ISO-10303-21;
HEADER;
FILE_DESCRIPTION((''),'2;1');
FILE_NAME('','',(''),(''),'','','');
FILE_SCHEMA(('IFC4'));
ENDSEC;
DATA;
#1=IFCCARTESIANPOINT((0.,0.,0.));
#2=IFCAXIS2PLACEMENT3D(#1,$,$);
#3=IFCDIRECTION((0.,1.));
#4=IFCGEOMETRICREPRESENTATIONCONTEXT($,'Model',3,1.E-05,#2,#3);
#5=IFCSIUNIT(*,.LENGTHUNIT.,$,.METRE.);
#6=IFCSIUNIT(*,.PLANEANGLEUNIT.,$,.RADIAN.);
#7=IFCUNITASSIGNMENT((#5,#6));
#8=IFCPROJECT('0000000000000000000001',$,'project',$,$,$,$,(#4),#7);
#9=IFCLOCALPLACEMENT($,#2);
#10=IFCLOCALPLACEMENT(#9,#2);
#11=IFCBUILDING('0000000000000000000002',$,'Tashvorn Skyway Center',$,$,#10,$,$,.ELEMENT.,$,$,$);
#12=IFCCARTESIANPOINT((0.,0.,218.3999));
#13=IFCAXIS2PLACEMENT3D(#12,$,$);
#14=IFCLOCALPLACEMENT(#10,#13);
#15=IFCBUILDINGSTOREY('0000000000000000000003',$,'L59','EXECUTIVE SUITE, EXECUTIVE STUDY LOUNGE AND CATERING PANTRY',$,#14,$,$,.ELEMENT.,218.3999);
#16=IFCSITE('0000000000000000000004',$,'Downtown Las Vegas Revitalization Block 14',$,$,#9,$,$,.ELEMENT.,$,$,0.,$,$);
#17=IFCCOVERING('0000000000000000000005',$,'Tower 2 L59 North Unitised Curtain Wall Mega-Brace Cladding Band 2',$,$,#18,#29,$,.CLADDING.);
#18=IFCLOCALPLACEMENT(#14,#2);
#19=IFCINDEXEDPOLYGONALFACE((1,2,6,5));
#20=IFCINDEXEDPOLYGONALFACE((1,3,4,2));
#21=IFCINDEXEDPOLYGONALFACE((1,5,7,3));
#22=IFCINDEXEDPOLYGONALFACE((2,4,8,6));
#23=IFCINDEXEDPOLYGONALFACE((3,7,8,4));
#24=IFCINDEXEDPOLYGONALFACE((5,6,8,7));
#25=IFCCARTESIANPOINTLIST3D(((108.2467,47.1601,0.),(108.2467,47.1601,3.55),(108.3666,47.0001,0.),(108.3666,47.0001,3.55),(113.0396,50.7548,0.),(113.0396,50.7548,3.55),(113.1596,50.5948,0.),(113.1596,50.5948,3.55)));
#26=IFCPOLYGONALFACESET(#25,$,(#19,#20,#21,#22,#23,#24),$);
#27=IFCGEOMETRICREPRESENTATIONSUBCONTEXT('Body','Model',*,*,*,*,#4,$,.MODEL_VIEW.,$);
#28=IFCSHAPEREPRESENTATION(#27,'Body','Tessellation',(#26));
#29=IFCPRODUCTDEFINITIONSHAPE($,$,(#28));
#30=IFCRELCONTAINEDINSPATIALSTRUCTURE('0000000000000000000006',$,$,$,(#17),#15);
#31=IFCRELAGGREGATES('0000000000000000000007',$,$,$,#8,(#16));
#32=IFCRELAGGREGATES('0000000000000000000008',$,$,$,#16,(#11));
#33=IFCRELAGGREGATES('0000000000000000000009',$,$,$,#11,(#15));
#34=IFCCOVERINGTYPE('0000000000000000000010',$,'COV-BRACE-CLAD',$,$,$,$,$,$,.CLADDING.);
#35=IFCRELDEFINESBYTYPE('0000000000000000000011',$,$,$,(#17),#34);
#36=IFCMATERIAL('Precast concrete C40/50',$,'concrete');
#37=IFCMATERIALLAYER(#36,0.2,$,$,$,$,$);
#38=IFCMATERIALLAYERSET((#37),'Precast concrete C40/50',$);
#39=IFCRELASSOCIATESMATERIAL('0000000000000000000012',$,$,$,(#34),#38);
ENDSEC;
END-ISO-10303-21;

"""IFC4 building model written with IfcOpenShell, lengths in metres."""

from ifc_helpers import new_model, si_unit, direction, frame, origin, origin_2d, place, context, subcontext, project, spatial, rectangle, extrude, material, layer, layer_set, type_object, element, save


model = new_model("IFC4")

# Units and contexts
model_context = context("Model", 3, precision=1e-05, world=origin(), true_north=direction((0.0, 1.0)))
body_context = subcontext(model_context, "Body", "Model", "MODEL_VIEW")
ifc_project = project(units=[si_unit("LENGTHUNIT", "METRE"), si_unit("PLANEANGLEUNIT", "RADIAN")], contexts=[model_context])

# Site, building, storey
site_placement = place(None, origin())
site = spatial("IfcSite", under=ifc_project, at=site_placement, Name="Downtown Las Vegas Revitalization Block 14", CompositionType="ELEMENT", RefElevation=0.0)
building_placement = place(site_placement, origin())
building = spatial("IfcBuilding", under=site, at=building_placement, Name="Tashvorn Skyway Center", CompositionType="ELEMENT")
storey_placement = place(building_placement, frame((0.0, 0.0, 218.3999)))
storey = spatial("IfcBuildingStorey", under=building, at=storey_placement, Name="L59", Description="EXECUTIVE SUITE, EXECUTIVE STUDY LOUNGE AND CATERING PANTRY", CompositionType="ELEMENT", Elevation=218.3999)

# Covering
ifc_material_1 = material(Name="Precast concrete C40/50", Category="concrete")
ifc_layer_1 = layer(ifc_material_1, 0.2)
ifc_layer_set_1 = layer_set([ifc_layer_1], Name="Precast concrete C40/50")
covering_type = type_object("IfcCoveringType", Name="COV-BRACE-CLAD", PredefinedType="CLADDING", material=ifc_layer_set_1)
covering_placement = place(storey_placement, frame((110.7031, 48.8774, 0.0), z_axis=(0.0, 0.0, 1.0), x_axis=(0.8, 0.6, 0.0)))
element("IfcCovering", 1, at=covering_placement, inside=storey, type_object=covering_type, Name="Tower 2 L59 North Unitised Curtain Wall Mega-Brace Cladding Band 2", PredefinedType="CLADDING", context=body_context, shape_type="SweptSolid", body=[
    extrude(rectangle(XDim=5.9912, YDim=0.2, at=origin_2d()), origin(), (0.0, 0.0, 1.0), 3.55),
])

save(model, "model.ifc")
